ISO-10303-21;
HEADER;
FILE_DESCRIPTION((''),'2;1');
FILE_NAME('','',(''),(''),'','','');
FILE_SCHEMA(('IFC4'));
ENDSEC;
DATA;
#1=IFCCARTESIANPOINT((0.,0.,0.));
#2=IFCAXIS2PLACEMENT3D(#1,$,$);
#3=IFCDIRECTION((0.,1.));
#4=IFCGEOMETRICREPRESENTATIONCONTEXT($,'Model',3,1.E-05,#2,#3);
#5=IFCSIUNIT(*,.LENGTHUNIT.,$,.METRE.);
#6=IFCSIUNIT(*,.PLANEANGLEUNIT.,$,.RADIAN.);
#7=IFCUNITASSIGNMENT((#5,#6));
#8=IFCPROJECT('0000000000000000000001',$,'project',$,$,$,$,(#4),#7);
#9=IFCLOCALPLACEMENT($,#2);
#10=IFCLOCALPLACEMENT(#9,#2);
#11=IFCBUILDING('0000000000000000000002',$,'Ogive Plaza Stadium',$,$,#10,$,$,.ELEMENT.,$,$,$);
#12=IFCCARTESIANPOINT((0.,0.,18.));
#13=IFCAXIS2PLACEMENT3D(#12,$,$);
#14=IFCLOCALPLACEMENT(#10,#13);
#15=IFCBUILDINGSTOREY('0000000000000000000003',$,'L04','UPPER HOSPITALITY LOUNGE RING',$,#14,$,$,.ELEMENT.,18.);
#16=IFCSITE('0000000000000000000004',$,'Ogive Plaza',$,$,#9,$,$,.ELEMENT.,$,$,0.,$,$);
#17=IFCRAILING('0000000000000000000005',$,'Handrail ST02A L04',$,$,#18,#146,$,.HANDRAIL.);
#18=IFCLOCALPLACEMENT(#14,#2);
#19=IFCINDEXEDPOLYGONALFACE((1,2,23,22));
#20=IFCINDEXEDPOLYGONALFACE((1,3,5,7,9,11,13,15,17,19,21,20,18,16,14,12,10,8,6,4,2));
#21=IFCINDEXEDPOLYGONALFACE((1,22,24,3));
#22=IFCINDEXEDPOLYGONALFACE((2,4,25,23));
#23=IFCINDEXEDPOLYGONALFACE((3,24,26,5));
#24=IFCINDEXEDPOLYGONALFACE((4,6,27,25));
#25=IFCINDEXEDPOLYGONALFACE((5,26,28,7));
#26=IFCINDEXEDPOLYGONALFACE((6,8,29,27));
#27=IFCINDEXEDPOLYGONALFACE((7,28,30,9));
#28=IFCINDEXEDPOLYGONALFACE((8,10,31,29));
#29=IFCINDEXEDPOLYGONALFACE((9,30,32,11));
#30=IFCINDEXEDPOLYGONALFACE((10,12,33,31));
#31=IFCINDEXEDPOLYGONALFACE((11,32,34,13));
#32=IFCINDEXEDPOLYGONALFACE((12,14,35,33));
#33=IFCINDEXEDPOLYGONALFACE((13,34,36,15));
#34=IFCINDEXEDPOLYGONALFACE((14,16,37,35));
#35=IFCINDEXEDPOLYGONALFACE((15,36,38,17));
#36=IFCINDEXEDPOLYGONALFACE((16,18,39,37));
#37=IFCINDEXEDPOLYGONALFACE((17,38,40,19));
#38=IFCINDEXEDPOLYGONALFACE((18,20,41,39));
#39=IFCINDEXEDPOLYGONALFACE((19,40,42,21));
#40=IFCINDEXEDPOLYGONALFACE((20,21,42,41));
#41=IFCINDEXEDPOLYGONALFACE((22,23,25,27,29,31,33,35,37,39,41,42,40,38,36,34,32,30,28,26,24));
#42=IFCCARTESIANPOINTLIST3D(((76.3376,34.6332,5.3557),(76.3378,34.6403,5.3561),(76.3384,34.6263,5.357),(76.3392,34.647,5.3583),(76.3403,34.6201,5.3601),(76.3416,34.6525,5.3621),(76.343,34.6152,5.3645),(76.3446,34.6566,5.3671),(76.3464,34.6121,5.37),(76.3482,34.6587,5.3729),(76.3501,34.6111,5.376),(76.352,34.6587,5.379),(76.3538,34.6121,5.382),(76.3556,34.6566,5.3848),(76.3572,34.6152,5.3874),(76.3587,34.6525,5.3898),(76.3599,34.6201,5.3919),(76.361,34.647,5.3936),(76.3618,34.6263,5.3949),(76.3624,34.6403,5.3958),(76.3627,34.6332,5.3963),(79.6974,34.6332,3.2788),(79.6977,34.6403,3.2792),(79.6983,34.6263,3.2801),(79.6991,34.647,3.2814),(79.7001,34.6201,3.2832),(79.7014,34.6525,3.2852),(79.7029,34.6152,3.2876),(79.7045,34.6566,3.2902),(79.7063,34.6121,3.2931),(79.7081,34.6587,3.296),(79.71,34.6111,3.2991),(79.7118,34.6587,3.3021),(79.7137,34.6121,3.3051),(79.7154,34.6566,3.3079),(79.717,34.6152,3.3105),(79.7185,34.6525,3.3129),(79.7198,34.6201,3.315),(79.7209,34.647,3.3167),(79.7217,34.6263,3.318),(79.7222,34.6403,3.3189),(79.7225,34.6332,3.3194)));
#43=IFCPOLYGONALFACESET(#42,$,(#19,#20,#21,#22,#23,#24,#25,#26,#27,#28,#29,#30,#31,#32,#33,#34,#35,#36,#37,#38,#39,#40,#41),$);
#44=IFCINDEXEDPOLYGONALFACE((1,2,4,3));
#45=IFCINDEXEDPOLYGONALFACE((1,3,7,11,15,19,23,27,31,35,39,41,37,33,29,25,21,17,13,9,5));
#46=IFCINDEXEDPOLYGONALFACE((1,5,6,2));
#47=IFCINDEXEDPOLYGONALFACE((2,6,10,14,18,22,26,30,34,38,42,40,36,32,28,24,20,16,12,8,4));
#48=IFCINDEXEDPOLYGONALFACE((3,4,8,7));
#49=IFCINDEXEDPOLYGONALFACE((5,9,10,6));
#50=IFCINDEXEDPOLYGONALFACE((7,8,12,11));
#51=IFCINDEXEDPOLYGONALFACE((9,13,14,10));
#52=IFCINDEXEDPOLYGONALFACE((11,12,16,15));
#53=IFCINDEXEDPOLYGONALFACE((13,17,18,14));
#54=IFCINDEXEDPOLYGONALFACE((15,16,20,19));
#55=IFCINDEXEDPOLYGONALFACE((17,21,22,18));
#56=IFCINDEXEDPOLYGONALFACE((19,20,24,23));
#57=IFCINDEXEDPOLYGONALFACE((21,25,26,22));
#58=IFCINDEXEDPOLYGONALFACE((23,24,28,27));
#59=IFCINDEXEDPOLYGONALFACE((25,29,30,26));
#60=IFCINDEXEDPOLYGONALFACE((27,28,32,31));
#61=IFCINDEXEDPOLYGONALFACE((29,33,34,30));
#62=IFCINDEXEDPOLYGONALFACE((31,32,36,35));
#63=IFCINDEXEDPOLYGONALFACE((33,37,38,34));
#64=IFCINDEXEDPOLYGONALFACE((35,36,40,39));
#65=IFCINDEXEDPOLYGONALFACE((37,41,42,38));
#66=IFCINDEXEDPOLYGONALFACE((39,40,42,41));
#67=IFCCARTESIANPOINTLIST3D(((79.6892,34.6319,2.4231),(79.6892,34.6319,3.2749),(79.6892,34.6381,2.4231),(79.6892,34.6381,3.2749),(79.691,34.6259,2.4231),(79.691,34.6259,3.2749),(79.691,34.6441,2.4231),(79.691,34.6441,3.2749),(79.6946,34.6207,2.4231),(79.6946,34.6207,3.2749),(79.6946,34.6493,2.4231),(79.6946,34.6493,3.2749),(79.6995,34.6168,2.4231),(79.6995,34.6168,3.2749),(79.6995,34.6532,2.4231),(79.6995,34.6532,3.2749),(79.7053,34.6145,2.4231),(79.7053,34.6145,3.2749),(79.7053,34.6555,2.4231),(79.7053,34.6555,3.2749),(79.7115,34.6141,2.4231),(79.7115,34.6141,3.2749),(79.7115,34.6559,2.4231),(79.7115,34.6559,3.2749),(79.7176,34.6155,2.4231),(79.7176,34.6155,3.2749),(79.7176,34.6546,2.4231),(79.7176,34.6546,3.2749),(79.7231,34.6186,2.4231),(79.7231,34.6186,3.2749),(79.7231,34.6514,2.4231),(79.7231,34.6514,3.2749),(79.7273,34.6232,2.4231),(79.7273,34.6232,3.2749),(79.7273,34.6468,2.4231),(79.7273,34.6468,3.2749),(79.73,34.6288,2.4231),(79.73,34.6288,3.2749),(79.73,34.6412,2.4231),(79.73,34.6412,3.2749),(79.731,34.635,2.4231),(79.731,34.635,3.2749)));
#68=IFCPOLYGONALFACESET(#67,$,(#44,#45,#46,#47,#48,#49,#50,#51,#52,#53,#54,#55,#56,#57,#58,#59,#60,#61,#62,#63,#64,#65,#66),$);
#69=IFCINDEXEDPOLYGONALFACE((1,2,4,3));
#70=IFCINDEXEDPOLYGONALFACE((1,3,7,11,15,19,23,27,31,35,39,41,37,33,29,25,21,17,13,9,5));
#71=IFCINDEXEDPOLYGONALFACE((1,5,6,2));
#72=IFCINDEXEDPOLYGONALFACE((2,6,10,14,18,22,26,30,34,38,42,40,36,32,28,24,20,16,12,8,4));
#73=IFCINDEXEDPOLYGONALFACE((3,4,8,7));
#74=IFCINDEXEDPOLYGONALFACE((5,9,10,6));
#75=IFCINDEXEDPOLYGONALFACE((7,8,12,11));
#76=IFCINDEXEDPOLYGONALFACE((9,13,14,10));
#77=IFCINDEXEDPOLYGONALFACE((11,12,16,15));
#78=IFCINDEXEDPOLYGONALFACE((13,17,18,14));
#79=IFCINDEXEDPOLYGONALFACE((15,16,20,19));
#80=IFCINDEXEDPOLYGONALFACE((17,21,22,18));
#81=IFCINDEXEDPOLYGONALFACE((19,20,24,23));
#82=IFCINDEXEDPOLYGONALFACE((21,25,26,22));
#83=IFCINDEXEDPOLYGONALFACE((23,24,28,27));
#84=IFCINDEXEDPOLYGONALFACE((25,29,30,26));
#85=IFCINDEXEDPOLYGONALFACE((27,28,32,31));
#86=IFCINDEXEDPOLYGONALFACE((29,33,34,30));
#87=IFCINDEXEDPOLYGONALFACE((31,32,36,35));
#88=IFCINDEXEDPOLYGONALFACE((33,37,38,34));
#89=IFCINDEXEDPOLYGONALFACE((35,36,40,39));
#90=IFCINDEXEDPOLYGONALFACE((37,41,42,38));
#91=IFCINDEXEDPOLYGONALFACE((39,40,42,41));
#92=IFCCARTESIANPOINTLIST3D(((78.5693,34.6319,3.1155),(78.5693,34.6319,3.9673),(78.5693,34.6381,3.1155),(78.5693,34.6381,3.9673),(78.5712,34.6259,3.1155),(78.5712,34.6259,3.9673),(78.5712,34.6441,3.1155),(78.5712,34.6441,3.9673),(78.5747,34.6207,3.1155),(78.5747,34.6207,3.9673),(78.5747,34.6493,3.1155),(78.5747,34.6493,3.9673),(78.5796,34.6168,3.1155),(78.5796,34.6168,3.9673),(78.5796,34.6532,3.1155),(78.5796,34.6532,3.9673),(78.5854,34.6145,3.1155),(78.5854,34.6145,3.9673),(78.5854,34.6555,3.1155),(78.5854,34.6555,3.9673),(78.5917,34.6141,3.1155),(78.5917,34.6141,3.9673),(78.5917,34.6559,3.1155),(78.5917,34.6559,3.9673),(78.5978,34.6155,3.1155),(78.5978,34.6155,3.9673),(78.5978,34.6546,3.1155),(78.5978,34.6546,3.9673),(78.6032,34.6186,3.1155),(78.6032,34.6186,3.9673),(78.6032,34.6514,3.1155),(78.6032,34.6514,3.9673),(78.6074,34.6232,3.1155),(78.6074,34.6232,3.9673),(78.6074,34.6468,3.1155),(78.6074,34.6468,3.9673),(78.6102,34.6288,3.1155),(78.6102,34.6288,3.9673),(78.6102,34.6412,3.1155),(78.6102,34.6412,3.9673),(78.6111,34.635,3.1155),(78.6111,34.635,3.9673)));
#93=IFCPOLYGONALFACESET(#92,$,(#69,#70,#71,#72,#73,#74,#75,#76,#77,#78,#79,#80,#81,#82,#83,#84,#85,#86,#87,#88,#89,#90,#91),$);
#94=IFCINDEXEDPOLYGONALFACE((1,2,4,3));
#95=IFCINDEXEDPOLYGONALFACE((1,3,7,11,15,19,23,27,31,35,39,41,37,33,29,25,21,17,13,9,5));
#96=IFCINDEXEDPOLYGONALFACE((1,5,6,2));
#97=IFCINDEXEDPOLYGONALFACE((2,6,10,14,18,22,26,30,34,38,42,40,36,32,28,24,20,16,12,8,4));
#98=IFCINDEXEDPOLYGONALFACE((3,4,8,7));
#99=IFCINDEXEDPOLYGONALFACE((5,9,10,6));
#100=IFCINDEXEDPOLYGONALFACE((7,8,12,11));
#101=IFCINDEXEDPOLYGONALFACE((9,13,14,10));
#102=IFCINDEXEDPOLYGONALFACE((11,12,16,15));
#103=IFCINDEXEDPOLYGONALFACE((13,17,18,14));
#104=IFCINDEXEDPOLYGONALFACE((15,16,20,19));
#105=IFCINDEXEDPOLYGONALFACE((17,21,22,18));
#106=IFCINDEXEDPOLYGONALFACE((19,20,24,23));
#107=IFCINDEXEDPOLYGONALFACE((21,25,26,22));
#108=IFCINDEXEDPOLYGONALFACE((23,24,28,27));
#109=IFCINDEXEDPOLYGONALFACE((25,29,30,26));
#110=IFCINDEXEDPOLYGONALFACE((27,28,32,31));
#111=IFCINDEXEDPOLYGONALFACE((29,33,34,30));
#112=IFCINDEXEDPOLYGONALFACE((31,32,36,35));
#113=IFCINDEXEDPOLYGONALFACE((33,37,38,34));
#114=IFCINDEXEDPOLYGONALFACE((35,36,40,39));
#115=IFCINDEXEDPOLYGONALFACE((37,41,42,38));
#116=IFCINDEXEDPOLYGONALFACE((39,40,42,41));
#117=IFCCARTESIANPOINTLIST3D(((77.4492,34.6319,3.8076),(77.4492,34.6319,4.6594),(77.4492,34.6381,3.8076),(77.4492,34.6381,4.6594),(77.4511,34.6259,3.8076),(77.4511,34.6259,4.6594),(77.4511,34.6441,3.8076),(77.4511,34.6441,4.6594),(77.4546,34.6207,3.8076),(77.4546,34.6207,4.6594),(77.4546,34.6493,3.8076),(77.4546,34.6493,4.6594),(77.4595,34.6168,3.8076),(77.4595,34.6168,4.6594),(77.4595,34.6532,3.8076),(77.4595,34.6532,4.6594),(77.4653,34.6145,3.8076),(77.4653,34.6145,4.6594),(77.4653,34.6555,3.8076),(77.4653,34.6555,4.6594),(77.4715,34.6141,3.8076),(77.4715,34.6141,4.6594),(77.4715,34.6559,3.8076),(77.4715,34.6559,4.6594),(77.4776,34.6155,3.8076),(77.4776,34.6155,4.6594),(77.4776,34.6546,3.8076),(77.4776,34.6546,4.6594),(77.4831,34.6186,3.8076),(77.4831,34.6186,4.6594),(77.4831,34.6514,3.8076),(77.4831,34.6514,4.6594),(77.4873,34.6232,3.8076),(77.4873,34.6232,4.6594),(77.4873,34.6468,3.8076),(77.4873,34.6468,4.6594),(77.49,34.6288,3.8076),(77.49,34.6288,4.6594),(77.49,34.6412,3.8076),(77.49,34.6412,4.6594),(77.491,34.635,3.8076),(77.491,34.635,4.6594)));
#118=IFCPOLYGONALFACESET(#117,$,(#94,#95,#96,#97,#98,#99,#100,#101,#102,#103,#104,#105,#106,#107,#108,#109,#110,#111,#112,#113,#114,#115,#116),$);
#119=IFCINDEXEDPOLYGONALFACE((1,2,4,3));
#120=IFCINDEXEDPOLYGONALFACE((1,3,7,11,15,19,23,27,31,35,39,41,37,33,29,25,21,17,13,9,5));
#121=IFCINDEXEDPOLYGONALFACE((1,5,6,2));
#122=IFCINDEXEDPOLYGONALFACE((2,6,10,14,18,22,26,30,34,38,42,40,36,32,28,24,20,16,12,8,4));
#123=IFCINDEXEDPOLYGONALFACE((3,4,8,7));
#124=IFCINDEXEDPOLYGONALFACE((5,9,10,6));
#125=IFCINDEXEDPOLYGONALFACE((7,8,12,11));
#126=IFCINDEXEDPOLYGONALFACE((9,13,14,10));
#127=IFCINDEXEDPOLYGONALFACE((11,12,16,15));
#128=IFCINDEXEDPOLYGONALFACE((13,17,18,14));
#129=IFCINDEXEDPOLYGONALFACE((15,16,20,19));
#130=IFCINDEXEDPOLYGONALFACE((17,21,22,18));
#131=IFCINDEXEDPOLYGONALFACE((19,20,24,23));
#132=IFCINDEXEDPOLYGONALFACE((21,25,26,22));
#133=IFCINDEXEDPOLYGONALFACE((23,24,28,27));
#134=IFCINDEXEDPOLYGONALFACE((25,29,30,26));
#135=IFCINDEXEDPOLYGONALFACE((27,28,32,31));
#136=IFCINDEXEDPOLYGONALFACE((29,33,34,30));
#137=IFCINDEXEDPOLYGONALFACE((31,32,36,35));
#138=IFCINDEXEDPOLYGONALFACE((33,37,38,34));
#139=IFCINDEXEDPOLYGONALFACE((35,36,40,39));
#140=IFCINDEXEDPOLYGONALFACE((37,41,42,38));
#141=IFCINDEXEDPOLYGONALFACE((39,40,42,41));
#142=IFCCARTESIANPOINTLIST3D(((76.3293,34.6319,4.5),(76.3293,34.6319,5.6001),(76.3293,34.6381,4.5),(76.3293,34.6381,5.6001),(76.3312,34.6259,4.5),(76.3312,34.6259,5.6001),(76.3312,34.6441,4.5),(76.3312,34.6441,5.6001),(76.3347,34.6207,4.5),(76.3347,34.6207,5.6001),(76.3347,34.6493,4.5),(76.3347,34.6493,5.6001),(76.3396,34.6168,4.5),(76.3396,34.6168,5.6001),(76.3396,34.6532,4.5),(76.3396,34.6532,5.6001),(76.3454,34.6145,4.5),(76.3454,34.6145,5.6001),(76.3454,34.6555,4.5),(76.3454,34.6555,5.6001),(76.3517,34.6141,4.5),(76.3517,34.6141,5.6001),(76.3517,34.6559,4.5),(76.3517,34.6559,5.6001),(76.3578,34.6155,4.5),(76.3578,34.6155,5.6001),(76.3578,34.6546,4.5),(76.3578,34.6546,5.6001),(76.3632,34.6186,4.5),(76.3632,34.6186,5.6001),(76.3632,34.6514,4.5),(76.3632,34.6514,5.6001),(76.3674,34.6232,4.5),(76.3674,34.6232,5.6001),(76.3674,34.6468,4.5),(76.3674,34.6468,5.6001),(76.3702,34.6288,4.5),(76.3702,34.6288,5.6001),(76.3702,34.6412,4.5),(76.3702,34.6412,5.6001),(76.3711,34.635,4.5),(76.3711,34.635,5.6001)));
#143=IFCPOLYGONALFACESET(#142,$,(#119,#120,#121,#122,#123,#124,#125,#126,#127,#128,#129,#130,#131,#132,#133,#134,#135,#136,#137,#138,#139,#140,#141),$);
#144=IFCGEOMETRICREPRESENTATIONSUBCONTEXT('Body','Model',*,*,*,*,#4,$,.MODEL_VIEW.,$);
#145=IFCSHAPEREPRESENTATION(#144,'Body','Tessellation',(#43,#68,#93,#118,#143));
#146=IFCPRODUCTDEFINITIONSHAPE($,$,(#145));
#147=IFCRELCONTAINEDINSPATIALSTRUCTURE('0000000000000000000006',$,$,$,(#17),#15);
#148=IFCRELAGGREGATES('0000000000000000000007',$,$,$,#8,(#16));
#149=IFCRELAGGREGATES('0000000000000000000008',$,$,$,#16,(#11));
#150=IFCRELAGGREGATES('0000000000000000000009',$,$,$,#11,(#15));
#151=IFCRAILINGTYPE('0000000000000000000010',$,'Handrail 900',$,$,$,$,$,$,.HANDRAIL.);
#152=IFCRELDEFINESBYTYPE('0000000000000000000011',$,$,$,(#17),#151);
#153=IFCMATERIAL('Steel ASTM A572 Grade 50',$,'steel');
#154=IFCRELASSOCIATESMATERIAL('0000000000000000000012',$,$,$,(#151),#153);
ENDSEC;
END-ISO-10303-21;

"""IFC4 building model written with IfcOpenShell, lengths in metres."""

from ifc_helpers import new_model, si_unit, direction, frame, origin, origin_2d, place, context, subcontext, project, spatial, circle, extrude, material, type_object, element, save


model = new_model("IFC4")

# Units and contexts
model_context = context("Model", 3, precision=1e-05, world=origin(), true_north=direction((0.0, 1.0)))
body_context = subcontext(model_context, "Body", "Model", "MODEL_VIEW")
ifc_project = project(units=[si_unit("LENGTHUNIT", "METRE"), si_unit("PLANEANGLEUNIT", "RADIAN")], contexts=[model_context])

# Site, building, storey
site_placement = place(None, origin())
site = spatial("IfcSite", under=ifc_project, at=site_placement, Name="Ogive Plaza", CompositionType="ELEMENT", RefElevation=0.0)
building_placement = place(site_placement, origin())
building = spatial("IfcBuilding", under=site, at=building_placement, Name="Ogive Plaza Stadium", CompositionType="ELEMENT")
storey_placement = place(building_placement, frame((0.0, 0.0, 18.0)))
storey = spatial("IfcBuildingStorey", under=building, at=storey_placement, Name="L04", Description="UPPER HOSPITALITY LOUNGE RING", CompositionType="ELEMENT", Elevation=18.0)

# Railing
ifc_material_1 = material(Name="Steel ASTM A572 Grade 50", Category="steel")
railing_type_1 = type_object("IfcRailingType", Name="Handrail 900", PredefinedType="HANDRAIL", material=ifc_material_1)
for number, where, name in (
    (1, (79.71, 34.635, 2.4231), "Handrail ST02A L04"),
):
    element("IfcRailing", number, at=place(storey_placement, frame(where)), inside=storey, type_object=railing_type_1, Name=name, PredefinedType="HANDRAIL", context=body_context, shape_type="SweptSolid", body=[
        extrude(circle(Radius=0.0239, at=origin_2d()), frame((0.0, 0.0, 0.876), z_axis=(-0.850606, 0.0, 0.525803), x_axis=(0.0, -1.0, 0.0)), (0.0, 0.0, 1.0), 3.95),
        extrude(circle(Radius=0.021, at=origin_2d()), origin(), (0.0, 0.0, 1.0), 0.8518),
        extrude(circle(Radius=0.021, at=origin_2d()), frame((-1.1199, 0.0, 0.6924)), (0.0, 0.0, 1.0), 0.8518),
        extrude(circle(Radius=0.021, at=origin_2d()), frame((-2.24, 0.0, 1.3845)), (0.0, 0.0, 1.0), 0.8518),
        extrude(circle(Radius=0.021, at=origin_2d()), frame((-3.3599, 0.0, 2.0769)), (0.0, 0.0, 1.0), 1.1001),
    ])

save(model, "model.ifc")
